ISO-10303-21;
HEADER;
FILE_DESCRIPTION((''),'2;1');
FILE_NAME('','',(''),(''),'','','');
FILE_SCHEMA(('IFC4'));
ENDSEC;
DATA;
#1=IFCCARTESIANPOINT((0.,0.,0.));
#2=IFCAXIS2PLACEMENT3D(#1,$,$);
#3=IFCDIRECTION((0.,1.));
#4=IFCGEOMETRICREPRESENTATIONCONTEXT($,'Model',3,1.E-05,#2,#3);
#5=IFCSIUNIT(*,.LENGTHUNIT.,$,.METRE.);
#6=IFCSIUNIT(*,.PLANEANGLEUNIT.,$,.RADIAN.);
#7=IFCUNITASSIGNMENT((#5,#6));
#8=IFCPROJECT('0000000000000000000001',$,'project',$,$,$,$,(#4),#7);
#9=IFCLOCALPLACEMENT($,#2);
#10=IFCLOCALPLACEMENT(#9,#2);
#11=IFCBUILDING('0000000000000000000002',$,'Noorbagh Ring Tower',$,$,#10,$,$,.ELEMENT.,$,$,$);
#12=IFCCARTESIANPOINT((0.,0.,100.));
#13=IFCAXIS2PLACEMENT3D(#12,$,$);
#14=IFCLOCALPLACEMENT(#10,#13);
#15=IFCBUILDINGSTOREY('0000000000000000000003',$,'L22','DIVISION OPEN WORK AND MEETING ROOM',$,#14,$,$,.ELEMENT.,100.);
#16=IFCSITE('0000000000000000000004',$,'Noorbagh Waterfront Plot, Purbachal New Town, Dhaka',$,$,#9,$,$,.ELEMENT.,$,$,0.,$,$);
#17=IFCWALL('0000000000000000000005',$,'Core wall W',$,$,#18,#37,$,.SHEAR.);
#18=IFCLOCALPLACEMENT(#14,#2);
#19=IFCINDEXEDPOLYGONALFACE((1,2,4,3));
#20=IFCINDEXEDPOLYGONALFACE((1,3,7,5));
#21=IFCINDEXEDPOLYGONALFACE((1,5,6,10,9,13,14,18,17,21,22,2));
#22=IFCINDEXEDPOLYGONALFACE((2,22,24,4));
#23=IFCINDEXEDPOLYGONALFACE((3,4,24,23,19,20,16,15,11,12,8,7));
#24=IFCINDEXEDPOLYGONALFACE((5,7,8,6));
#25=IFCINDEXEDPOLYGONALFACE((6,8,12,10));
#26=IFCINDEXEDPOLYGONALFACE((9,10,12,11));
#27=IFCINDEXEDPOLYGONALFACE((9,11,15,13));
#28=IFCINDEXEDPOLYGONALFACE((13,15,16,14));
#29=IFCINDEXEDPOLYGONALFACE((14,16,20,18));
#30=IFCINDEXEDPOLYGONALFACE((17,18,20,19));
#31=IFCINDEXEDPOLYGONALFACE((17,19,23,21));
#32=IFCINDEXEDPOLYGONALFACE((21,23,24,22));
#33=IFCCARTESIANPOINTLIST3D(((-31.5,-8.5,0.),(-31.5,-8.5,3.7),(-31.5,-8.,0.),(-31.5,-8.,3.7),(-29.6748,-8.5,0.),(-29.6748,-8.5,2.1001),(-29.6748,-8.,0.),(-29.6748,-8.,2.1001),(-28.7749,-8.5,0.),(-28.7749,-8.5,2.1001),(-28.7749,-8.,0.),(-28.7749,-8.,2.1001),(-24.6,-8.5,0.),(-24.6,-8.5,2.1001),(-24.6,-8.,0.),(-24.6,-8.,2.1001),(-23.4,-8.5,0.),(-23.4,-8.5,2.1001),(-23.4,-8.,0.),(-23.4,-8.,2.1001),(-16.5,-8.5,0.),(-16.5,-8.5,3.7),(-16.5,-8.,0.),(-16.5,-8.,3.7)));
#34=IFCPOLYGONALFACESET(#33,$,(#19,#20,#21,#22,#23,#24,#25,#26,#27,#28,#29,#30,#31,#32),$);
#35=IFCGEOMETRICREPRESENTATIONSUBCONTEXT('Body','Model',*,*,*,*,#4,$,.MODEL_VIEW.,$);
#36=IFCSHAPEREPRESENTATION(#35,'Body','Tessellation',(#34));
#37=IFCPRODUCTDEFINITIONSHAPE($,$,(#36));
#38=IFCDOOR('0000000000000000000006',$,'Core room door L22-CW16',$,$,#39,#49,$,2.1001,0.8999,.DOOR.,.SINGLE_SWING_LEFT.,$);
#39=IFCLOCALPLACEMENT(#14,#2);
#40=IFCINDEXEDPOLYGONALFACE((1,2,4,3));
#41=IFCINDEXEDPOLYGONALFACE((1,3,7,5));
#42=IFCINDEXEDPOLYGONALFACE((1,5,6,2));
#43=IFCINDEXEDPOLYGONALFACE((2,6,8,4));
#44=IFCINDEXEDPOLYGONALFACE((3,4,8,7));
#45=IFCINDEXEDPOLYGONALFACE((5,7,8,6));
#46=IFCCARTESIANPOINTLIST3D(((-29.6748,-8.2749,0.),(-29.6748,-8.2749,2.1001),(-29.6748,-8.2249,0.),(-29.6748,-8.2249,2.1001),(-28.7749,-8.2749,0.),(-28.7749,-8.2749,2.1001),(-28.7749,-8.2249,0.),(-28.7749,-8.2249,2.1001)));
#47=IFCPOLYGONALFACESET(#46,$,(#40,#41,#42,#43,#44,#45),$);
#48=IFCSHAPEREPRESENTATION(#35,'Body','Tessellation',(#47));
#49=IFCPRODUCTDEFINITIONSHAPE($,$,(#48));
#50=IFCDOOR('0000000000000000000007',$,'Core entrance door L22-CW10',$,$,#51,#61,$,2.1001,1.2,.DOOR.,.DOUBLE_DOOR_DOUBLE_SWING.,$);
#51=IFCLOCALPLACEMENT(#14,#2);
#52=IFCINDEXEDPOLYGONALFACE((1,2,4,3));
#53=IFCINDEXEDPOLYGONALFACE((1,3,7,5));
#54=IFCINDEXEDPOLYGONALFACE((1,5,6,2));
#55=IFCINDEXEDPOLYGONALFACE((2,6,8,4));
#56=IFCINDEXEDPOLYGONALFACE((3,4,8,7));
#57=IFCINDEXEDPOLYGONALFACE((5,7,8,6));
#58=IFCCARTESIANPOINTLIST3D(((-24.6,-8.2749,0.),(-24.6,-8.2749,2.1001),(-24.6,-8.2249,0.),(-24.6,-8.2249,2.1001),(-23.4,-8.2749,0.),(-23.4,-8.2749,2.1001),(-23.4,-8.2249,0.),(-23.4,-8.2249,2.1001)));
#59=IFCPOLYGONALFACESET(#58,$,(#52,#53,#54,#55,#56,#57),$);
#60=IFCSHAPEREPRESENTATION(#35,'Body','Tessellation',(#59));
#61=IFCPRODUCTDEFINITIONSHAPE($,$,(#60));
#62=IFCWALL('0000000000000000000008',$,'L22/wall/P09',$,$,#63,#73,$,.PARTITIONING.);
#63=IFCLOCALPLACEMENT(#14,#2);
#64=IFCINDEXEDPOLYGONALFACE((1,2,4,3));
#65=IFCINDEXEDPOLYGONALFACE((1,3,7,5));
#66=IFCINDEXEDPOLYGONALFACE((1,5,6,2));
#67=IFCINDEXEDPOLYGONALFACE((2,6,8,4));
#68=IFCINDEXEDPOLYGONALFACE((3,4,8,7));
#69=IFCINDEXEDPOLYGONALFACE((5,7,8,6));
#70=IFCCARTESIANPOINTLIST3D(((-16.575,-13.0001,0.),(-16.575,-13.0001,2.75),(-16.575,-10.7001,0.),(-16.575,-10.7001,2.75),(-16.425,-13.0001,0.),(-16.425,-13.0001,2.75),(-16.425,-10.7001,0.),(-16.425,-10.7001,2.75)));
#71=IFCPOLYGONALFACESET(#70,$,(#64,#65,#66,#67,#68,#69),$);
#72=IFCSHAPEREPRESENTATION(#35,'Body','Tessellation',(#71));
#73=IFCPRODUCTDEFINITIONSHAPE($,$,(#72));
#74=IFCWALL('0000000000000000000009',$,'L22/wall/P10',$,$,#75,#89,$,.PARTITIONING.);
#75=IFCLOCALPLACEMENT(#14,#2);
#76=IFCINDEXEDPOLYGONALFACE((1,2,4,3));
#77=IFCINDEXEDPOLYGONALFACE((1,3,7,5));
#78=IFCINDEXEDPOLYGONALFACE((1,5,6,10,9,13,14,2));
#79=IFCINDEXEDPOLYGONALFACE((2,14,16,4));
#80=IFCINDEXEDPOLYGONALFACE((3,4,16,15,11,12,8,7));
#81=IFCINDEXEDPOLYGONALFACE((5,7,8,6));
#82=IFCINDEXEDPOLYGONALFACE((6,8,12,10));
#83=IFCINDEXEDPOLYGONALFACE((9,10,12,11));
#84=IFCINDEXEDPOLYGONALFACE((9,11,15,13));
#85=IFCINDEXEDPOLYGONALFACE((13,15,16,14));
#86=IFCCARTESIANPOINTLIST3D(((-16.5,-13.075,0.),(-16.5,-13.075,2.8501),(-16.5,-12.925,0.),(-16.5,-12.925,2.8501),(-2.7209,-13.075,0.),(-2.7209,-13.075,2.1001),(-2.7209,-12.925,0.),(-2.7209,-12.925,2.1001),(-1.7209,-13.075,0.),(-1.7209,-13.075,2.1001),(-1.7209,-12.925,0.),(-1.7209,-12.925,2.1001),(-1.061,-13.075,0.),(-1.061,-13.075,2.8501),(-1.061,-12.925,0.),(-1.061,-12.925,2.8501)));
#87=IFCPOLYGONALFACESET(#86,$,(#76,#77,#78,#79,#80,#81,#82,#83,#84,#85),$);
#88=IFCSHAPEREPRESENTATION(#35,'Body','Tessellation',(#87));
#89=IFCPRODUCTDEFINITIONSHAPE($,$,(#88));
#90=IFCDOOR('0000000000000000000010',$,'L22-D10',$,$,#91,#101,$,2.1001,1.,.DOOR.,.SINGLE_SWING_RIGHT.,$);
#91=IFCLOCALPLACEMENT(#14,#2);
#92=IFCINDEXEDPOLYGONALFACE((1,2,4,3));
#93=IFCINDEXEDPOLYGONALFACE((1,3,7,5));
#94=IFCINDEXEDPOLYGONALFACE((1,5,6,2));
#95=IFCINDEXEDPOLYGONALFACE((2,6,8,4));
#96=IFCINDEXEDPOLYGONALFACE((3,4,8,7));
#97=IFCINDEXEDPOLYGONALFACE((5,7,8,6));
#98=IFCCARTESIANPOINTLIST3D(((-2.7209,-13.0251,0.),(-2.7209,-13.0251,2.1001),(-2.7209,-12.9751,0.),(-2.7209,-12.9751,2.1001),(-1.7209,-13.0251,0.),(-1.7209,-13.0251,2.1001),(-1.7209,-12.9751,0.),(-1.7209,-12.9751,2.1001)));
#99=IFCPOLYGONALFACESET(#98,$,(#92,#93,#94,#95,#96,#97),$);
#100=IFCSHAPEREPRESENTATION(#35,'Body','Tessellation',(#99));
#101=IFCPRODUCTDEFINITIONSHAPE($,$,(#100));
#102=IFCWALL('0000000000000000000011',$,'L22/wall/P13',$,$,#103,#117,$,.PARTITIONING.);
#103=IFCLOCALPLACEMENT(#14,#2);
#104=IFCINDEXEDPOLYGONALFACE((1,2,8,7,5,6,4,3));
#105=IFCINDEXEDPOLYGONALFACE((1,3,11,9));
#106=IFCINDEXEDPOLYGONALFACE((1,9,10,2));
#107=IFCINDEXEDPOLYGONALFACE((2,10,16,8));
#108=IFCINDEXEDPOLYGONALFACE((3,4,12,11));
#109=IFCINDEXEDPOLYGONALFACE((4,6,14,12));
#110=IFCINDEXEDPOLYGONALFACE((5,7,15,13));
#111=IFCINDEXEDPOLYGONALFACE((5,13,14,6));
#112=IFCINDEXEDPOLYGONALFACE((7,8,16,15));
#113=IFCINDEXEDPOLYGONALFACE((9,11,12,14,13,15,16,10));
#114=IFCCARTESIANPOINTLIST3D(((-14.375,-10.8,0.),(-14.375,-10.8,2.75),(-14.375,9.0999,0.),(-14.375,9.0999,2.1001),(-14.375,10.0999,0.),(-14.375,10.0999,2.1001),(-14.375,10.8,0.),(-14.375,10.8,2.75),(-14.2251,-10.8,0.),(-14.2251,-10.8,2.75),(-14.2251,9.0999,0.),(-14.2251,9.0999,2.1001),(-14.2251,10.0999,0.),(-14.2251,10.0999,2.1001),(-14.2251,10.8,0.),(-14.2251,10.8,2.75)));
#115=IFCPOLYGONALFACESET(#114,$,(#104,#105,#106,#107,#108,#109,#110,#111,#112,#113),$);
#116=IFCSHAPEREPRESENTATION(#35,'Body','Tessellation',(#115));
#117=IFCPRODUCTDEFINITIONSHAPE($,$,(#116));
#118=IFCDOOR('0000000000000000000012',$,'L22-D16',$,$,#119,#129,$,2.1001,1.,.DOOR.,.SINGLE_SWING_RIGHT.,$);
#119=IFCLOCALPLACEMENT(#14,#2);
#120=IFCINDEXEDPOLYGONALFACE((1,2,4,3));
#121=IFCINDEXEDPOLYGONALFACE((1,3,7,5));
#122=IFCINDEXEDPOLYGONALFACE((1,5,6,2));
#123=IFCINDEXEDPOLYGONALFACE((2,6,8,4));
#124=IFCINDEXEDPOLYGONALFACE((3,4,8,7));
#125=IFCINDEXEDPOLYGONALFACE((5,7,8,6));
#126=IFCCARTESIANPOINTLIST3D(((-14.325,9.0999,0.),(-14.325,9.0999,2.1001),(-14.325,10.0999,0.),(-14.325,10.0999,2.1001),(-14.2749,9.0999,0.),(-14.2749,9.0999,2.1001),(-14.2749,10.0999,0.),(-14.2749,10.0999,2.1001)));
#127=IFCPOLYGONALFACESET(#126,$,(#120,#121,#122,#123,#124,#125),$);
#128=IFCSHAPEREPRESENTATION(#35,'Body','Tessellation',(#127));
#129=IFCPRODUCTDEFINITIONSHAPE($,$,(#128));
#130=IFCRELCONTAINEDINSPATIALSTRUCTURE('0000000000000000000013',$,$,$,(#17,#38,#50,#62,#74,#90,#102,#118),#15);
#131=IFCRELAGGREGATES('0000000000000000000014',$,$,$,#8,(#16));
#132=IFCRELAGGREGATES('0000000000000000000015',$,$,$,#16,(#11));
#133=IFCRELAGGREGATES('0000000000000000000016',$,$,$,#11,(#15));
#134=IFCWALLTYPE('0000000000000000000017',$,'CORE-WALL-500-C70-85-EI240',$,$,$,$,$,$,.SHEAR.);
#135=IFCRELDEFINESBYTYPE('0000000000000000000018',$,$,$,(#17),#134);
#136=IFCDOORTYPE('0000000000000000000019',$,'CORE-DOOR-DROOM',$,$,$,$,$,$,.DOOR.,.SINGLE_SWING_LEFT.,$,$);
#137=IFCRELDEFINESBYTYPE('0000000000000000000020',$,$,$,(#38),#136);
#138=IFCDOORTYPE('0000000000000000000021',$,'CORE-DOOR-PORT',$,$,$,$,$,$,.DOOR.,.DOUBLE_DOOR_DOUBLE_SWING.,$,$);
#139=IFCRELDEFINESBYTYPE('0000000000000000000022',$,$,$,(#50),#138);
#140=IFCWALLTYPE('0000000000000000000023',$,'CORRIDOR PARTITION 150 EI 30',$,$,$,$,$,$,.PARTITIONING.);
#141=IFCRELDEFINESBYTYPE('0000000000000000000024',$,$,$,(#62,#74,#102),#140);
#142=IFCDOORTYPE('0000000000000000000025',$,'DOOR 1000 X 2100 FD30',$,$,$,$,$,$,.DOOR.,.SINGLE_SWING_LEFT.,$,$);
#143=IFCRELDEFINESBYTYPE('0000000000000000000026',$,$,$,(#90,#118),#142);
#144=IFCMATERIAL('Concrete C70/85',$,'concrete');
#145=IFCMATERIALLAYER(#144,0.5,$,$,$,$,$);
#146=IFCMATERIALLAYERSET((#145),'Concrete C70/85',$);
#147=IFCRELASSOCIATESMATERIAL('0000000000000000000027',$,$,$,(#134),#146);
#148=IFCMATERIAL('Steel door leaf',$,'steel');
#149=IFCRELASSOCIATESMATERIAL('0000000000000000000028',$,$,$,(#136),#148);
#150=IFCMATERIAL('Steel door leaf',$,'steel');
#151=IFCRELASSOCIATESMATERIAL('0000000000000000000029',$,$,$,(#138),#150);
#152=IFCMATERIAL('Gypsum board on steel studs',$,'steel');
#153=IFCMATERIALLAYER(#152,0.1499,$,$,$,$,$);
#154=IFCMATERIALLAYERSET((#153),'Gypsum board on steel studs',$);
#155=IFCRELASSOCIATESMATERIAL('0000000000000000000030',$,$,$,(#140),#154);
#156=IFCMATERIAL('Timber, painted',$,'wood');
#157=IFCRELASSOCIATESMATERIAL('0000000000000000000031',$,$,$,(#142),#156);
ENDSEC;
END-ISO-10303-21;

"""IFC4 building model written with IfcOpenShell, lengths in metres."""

from ifc_helpers import new_model, si_unit, direction, frame, frame_2d, origin, place, context, subcontext, project, spatial, rectangle, extrude, material, layer, layer_set, type_object, element, fill, save


model = new_model("IFC4")

# Units and contexts
model_context = context("Model", 3, precision=1e-05, world=origin(), true_north=direction((0.0, 1.0)))
body_context = subcontext(model_context, "Body", "Model", "MODEL_VIEW")
ifc_project = project(units=[si_unit("LENGTHUNIT", "METRE"), si_unit("PLANEANGLEUNIT", "RADIAN")], contexts=[model_context])

# Site, building, storey
site_placement = place(None, origin())
site = spatial("IfcSite", under=ifc_project, at=site_placement, Name="Noorbagh Waterfront Plot, Purbachal New Town, Dhaka", CompositionType="ELEMENT", RefElevation=0.0)
building_placement = place(site_placement, origin())
building = spatial("IfcBuilding", under=site, at=building_placement, Name="Noorbagh Ring Tower", CompositionType="ELEMENT")
storey_placement = place(building_placement, frame((0.0, 0.0, 100.0)))
storey = spatial("IfcBuildingStorey", under=building, at=storey_placement, Name="L22", Description="DIVISION OPEN WORK AND MEETING ROOM", CompositionType="ELEMENT", Elevation=100.0)

# Wall, openings, doors
ifc_material_1 = material(Name="Concrete C70/85", Category="concrete")
ifc_layer_1 = layer(ifc_material_1, 0.5)
ifc_layer_set_1 = layer_set([ifc_layer_1], Name="Concrete C70/85")
wall_type_1 = type_object("IfcWallType", Name="CORE-WALL-500-C70-85-EI240", PredefinedType="SHEAR", material=ifc_layer_set_1)
wall_1_placement = place(storey_placement, frame((-16.5, -8.25, 0.0), z_axis=(0.0, 0.0, 1.0), x_axis=(-1.0, 0.0, 0.0)))
wall_1 = element("IfcWall", 1, at=wall_1_placement, inside=storey, type_object=wall_type_1, Name="Core wall W", PredefinedType="SHEAR", context=body_context, shape_type="SweptSolid", body=[
    extrude(rectangle(XDim=15.0, YDim=0.5, at=frame_2d((7.5, 0.0))), origin(), (0.0, 0.0, 1.0), 3.7),
])
opening_1_placement = place(wall_1_placement, frame((6.8999, 0.0, 0.0)))
opening_1 = element("IfcOpeningElement", 2, at=opening_1_placement, cuts=wall_1, PredefinedType="OPENING", context=body_context, shape_type="SweptSolid", body=[
    extrude(rectangle(XDim=1.2, YDim=2.1001, at=frame_2d((0.6001, 1.05))), frame((0.0, 0.26, 0.0), z_axis=(0.0, -1.0, 0.0), x_axis=(1.0, 0.0, 0.0)), (0.0, 0.0, 1.0), 0.52),
])
opening_2_placement = place(wall_1_placement, frame((12.2749, 0.0, 0.0)))
opening_2 = element("IfcOpeningElement", 3, at=opening_2_placement, cuts=wall_1, PredefinedType="OPENING", context=body_context, shape_type="SweptSolid", body=[
    extrude(rectangle(XDim=0.8999, YDim=2.1001, at=frame_2d((0.45, 1.05))), frame((0.0, 0.26, 0.0), z_axis=(0.0, -1.0, 0.0), x_axis=(1.0, 0.0, 0.0)), (0.0, 0.0, 1.0), 0.52),
])
ifc_material_2 = material(Name="Steel door leaf", Category="steel")
door_type_1 = type_object("IfcDoorType", Name="CORE-DOOR-DROOM", OperationType="SINGLE_SWING_LEFT", PredefinedType="DOOR", material=ifc_material_2)
door_1_placement = place(opening_2_placement, origin())
door_1 = element("IfcDoor", 4, at=door_1_placement, inside=storey, type_object=door_type_1, Name="Core room door L22-CW16", OperationType="SINGLE_SWING_LEFT", OverallHeight=2.1001, OverallWidth=0.8999, PredefinedType="DOOR", context=body_context, shape_type="SweptSolid", body=[
    extrude(rectangle(XDim=0.8999, YDim=2.1001, at=frame_2d((0.45, 1.05))), frame((0.0, 0.0249, 0.0), z_axis=(0.0, -1.0, 0.0), x_axis=(1.0, 0.0, 0.0)), (0.0, 0.0, 1.0), 0.05),
])
fill(opening_2, door_1)
ifc_material_3 = material(Name="Steel door leaf", Category="steel")
door_type_2 = type_object("IfcDoorType", Name="CORE-DOOR-PORT", OperationType="DOUBLE_DOOR_DOUBLE_SWING", PredefinedType="DOOR", material=ifc_material_3)
door_2_placement = place(opening_1_placement, origin())
door_2 = element("IfcDoor", 5, at=door_2_placement, inside=storey, type_object=door_type_2, Name="Core entrance door L22-CW10", OperationType="DOUBLE_DOOR_DOUBLE_SWING", OverallHeight=2.1001, OverallWidth=1.2, PredefinedType="DOOR", context=body_context, shape_type="SweptSolid", body=[
    extrude(rectangle(XDim=1.2, YDim=2.1001, at=frame_2d((0.6001, 1.05))), frame((0.0, 0.0249, 0.0), z_axis=(0.0, -1.0, 0.0), x_axis=(1.0, 0.0, 0.0)), (0.0, 0.0, 1.0), 0.05),
])
fill(opening_1, door_2)

# Wall
ifc_material_4 = material(Name="Gypsum board on steel studs", Category="steel")
ifc_layer_2 = layer(ifc_material_4, 0.1499)
ifc_layer_set_2 = layer_set([ifc_layer_2], Name="Gypsum board on steel studs")
wall_type_2 = type_object("IfcWallType", Name="CORRIDOR PARTITION 150 EI 30", PredefinedType="PARTITIONING", material=ifc_layer_set_2)
wall_2_placement = place(storey_placement, frame((-16.5, -13.0, 0.0), z_axis=(0.0, 0.0, 1.0), x_axis=(0.0, 1.0, 0.0)))
element("IfcWall", 6, at=wall_2_placement, inside=storey, type_object=wall_type_2, Name="L22/wall/P09", PredefinedType="PARTITIONING", context=body_context, shape_type="SweptSolid", body=[
    extrude(rectangle(XDim=2.3, YDim=0.1499, at=frame_2d((1.1499, 0.0))), origin(), (0.0, 0.0, 1.0), 2.75),
])

# Walls, openings, doors
wall_3_placement = place(storey_placement, frame((-16.5, -13.0, 0.0), z_axis=(0.0, 0.0, 1.0), x_axis=(1.0, 0.0, 0.0)))
wall_3 = element("IfcWall", 7, at=wall_3_placement, inside=storey, type_object=wall_type_2, Name="L22/wall/P10", PredefinedType="PARTITIONING", context=body_context, shape_type="SweptSolid", body=[
    extrude(rectangle(XDim=15.439, YDim=0.1499, at=frame_2d((7.7195, 0.0))), origin(), (0.0, 0.0, 1.0), 2.8501),
])
opening_3_placement = place(wall_3_placement, frame((13.7791, 0.0, 0.0)))
opening_3 = element("IfcOpeningElement", 8, at=opening_3_placement, cuts=wall_3, PredefinedType="OPENING", context=body_context, shape_type="SweptSolid", body=[
    extrude(rectangle(XDim=1.0, YDim=2.1001, at=frame_2d((0.5, 1.05))), frame((0.0, 0.085, 0.0), z_axis=(0.0, -1.0, 0.0), x_axis=(1.0, 0.0, 0.0)), (0.0, 0.0, 1.0), 0.1699),
])
ifc_material_5 = material(Name="Timber, painted", Category="wood")
door_type_3 = type_object("IfcDoorType", Name="DOOR 1000 X 2100 FD30", OperationType="SINGLE_SWING_LEFT", PredefinedType="DOOR", material=ifc_material_5)
door_3_placement = place(opening_3_placement, origin())
door_3 = element("IfcDoor", 9, at=door_3_placement, inside=storey, type_object=door_type_3, Name="L22-D10", OperationType="SINGLE_SWING_RIGHT", OverallHeight=2.1001, OverallWidth=1.0, PredefinedType="DOOR", context=body_context, shape_type="SweptSolid", body=[
    extrude(rectangle(XDim=1.0, YDim=2.1001, at=frame_2d((0.5, 1.05))), frame((0.0, 0.0249, 0.0), z_axis=(0.0, -1.0, 0.0), x_axis=(1.0, 0.0, 0.0)), (0.0, 0.0, 1.0), 0.05),
])
fill(opening_3, door_3)
wall_4_placement = place(storey_placement, frame((-14.3, -10.8, 0.0), z_axis=(0.0, 0.0, 1.0), x_axis=(0.0, 1.0, 0.0)))
wall_4 = element("IfcWall", 10, at=wall_4_placement, inside=storey, type_object=wall_type_2, Name="L22/wall/P13", PredefinedType="PARTITIONING", context=body_context, shape_type="SweptSolid", body=[
    extrude(rectangle(XDim=21.6001, YDim=0.1499, at=frame_2d((10.8, 0.0))), origin(), (0.0, 0.0, 1.0), 2.75),
])
opening_4_placement = place(wall_4_placement, frame((19.8999, 0.0, 0.0)))
opening_4 = element("IfcOpeningElement", 11, at=opening_4_placement, cuts=wall_4, PredefinedType="OPENING", context=body_context, shape_type="SweptSolid", body=[
    extrude(rectangle(XDim=1.0, YDim=2.1001, at=frame_2d((0.5, 1.05))), frame((0.0, 0.085, 0.0), z_axis=(0.0, -1.0, 0.0), x_axis=(1.0, 0.0, 0.0)), (0.0, 0.0, 1.0), 0.1699),
])
door_4_placement = place(opening_4_placement, origin())
door_4 = element("IfcDoor", 12, at=door_4_placement, inside=storey, type_object=door_type_3, Name="L22-D16", OperationType="SINGLE_SWING_RIGHT", OverallHeight=2.1001, OverallWidth=1.0, PredefinedType="DOOR", context=body_context, shape_type="SweptSolid", body=[
    extrude(rectangle(XDim=1.0, YDim=2.1001, at=frame_2d((0.5, 1.05))), frame((0.0, 0.0249, 0.0), z_axis=(0.0, -1.0, 0.0), x_axis=(1.0, 0.0, 0.0)), (0.0, 0.0, 1.0), 0.05),
])
fill(opening_4, door_4)

save(model, "model.ifc")
